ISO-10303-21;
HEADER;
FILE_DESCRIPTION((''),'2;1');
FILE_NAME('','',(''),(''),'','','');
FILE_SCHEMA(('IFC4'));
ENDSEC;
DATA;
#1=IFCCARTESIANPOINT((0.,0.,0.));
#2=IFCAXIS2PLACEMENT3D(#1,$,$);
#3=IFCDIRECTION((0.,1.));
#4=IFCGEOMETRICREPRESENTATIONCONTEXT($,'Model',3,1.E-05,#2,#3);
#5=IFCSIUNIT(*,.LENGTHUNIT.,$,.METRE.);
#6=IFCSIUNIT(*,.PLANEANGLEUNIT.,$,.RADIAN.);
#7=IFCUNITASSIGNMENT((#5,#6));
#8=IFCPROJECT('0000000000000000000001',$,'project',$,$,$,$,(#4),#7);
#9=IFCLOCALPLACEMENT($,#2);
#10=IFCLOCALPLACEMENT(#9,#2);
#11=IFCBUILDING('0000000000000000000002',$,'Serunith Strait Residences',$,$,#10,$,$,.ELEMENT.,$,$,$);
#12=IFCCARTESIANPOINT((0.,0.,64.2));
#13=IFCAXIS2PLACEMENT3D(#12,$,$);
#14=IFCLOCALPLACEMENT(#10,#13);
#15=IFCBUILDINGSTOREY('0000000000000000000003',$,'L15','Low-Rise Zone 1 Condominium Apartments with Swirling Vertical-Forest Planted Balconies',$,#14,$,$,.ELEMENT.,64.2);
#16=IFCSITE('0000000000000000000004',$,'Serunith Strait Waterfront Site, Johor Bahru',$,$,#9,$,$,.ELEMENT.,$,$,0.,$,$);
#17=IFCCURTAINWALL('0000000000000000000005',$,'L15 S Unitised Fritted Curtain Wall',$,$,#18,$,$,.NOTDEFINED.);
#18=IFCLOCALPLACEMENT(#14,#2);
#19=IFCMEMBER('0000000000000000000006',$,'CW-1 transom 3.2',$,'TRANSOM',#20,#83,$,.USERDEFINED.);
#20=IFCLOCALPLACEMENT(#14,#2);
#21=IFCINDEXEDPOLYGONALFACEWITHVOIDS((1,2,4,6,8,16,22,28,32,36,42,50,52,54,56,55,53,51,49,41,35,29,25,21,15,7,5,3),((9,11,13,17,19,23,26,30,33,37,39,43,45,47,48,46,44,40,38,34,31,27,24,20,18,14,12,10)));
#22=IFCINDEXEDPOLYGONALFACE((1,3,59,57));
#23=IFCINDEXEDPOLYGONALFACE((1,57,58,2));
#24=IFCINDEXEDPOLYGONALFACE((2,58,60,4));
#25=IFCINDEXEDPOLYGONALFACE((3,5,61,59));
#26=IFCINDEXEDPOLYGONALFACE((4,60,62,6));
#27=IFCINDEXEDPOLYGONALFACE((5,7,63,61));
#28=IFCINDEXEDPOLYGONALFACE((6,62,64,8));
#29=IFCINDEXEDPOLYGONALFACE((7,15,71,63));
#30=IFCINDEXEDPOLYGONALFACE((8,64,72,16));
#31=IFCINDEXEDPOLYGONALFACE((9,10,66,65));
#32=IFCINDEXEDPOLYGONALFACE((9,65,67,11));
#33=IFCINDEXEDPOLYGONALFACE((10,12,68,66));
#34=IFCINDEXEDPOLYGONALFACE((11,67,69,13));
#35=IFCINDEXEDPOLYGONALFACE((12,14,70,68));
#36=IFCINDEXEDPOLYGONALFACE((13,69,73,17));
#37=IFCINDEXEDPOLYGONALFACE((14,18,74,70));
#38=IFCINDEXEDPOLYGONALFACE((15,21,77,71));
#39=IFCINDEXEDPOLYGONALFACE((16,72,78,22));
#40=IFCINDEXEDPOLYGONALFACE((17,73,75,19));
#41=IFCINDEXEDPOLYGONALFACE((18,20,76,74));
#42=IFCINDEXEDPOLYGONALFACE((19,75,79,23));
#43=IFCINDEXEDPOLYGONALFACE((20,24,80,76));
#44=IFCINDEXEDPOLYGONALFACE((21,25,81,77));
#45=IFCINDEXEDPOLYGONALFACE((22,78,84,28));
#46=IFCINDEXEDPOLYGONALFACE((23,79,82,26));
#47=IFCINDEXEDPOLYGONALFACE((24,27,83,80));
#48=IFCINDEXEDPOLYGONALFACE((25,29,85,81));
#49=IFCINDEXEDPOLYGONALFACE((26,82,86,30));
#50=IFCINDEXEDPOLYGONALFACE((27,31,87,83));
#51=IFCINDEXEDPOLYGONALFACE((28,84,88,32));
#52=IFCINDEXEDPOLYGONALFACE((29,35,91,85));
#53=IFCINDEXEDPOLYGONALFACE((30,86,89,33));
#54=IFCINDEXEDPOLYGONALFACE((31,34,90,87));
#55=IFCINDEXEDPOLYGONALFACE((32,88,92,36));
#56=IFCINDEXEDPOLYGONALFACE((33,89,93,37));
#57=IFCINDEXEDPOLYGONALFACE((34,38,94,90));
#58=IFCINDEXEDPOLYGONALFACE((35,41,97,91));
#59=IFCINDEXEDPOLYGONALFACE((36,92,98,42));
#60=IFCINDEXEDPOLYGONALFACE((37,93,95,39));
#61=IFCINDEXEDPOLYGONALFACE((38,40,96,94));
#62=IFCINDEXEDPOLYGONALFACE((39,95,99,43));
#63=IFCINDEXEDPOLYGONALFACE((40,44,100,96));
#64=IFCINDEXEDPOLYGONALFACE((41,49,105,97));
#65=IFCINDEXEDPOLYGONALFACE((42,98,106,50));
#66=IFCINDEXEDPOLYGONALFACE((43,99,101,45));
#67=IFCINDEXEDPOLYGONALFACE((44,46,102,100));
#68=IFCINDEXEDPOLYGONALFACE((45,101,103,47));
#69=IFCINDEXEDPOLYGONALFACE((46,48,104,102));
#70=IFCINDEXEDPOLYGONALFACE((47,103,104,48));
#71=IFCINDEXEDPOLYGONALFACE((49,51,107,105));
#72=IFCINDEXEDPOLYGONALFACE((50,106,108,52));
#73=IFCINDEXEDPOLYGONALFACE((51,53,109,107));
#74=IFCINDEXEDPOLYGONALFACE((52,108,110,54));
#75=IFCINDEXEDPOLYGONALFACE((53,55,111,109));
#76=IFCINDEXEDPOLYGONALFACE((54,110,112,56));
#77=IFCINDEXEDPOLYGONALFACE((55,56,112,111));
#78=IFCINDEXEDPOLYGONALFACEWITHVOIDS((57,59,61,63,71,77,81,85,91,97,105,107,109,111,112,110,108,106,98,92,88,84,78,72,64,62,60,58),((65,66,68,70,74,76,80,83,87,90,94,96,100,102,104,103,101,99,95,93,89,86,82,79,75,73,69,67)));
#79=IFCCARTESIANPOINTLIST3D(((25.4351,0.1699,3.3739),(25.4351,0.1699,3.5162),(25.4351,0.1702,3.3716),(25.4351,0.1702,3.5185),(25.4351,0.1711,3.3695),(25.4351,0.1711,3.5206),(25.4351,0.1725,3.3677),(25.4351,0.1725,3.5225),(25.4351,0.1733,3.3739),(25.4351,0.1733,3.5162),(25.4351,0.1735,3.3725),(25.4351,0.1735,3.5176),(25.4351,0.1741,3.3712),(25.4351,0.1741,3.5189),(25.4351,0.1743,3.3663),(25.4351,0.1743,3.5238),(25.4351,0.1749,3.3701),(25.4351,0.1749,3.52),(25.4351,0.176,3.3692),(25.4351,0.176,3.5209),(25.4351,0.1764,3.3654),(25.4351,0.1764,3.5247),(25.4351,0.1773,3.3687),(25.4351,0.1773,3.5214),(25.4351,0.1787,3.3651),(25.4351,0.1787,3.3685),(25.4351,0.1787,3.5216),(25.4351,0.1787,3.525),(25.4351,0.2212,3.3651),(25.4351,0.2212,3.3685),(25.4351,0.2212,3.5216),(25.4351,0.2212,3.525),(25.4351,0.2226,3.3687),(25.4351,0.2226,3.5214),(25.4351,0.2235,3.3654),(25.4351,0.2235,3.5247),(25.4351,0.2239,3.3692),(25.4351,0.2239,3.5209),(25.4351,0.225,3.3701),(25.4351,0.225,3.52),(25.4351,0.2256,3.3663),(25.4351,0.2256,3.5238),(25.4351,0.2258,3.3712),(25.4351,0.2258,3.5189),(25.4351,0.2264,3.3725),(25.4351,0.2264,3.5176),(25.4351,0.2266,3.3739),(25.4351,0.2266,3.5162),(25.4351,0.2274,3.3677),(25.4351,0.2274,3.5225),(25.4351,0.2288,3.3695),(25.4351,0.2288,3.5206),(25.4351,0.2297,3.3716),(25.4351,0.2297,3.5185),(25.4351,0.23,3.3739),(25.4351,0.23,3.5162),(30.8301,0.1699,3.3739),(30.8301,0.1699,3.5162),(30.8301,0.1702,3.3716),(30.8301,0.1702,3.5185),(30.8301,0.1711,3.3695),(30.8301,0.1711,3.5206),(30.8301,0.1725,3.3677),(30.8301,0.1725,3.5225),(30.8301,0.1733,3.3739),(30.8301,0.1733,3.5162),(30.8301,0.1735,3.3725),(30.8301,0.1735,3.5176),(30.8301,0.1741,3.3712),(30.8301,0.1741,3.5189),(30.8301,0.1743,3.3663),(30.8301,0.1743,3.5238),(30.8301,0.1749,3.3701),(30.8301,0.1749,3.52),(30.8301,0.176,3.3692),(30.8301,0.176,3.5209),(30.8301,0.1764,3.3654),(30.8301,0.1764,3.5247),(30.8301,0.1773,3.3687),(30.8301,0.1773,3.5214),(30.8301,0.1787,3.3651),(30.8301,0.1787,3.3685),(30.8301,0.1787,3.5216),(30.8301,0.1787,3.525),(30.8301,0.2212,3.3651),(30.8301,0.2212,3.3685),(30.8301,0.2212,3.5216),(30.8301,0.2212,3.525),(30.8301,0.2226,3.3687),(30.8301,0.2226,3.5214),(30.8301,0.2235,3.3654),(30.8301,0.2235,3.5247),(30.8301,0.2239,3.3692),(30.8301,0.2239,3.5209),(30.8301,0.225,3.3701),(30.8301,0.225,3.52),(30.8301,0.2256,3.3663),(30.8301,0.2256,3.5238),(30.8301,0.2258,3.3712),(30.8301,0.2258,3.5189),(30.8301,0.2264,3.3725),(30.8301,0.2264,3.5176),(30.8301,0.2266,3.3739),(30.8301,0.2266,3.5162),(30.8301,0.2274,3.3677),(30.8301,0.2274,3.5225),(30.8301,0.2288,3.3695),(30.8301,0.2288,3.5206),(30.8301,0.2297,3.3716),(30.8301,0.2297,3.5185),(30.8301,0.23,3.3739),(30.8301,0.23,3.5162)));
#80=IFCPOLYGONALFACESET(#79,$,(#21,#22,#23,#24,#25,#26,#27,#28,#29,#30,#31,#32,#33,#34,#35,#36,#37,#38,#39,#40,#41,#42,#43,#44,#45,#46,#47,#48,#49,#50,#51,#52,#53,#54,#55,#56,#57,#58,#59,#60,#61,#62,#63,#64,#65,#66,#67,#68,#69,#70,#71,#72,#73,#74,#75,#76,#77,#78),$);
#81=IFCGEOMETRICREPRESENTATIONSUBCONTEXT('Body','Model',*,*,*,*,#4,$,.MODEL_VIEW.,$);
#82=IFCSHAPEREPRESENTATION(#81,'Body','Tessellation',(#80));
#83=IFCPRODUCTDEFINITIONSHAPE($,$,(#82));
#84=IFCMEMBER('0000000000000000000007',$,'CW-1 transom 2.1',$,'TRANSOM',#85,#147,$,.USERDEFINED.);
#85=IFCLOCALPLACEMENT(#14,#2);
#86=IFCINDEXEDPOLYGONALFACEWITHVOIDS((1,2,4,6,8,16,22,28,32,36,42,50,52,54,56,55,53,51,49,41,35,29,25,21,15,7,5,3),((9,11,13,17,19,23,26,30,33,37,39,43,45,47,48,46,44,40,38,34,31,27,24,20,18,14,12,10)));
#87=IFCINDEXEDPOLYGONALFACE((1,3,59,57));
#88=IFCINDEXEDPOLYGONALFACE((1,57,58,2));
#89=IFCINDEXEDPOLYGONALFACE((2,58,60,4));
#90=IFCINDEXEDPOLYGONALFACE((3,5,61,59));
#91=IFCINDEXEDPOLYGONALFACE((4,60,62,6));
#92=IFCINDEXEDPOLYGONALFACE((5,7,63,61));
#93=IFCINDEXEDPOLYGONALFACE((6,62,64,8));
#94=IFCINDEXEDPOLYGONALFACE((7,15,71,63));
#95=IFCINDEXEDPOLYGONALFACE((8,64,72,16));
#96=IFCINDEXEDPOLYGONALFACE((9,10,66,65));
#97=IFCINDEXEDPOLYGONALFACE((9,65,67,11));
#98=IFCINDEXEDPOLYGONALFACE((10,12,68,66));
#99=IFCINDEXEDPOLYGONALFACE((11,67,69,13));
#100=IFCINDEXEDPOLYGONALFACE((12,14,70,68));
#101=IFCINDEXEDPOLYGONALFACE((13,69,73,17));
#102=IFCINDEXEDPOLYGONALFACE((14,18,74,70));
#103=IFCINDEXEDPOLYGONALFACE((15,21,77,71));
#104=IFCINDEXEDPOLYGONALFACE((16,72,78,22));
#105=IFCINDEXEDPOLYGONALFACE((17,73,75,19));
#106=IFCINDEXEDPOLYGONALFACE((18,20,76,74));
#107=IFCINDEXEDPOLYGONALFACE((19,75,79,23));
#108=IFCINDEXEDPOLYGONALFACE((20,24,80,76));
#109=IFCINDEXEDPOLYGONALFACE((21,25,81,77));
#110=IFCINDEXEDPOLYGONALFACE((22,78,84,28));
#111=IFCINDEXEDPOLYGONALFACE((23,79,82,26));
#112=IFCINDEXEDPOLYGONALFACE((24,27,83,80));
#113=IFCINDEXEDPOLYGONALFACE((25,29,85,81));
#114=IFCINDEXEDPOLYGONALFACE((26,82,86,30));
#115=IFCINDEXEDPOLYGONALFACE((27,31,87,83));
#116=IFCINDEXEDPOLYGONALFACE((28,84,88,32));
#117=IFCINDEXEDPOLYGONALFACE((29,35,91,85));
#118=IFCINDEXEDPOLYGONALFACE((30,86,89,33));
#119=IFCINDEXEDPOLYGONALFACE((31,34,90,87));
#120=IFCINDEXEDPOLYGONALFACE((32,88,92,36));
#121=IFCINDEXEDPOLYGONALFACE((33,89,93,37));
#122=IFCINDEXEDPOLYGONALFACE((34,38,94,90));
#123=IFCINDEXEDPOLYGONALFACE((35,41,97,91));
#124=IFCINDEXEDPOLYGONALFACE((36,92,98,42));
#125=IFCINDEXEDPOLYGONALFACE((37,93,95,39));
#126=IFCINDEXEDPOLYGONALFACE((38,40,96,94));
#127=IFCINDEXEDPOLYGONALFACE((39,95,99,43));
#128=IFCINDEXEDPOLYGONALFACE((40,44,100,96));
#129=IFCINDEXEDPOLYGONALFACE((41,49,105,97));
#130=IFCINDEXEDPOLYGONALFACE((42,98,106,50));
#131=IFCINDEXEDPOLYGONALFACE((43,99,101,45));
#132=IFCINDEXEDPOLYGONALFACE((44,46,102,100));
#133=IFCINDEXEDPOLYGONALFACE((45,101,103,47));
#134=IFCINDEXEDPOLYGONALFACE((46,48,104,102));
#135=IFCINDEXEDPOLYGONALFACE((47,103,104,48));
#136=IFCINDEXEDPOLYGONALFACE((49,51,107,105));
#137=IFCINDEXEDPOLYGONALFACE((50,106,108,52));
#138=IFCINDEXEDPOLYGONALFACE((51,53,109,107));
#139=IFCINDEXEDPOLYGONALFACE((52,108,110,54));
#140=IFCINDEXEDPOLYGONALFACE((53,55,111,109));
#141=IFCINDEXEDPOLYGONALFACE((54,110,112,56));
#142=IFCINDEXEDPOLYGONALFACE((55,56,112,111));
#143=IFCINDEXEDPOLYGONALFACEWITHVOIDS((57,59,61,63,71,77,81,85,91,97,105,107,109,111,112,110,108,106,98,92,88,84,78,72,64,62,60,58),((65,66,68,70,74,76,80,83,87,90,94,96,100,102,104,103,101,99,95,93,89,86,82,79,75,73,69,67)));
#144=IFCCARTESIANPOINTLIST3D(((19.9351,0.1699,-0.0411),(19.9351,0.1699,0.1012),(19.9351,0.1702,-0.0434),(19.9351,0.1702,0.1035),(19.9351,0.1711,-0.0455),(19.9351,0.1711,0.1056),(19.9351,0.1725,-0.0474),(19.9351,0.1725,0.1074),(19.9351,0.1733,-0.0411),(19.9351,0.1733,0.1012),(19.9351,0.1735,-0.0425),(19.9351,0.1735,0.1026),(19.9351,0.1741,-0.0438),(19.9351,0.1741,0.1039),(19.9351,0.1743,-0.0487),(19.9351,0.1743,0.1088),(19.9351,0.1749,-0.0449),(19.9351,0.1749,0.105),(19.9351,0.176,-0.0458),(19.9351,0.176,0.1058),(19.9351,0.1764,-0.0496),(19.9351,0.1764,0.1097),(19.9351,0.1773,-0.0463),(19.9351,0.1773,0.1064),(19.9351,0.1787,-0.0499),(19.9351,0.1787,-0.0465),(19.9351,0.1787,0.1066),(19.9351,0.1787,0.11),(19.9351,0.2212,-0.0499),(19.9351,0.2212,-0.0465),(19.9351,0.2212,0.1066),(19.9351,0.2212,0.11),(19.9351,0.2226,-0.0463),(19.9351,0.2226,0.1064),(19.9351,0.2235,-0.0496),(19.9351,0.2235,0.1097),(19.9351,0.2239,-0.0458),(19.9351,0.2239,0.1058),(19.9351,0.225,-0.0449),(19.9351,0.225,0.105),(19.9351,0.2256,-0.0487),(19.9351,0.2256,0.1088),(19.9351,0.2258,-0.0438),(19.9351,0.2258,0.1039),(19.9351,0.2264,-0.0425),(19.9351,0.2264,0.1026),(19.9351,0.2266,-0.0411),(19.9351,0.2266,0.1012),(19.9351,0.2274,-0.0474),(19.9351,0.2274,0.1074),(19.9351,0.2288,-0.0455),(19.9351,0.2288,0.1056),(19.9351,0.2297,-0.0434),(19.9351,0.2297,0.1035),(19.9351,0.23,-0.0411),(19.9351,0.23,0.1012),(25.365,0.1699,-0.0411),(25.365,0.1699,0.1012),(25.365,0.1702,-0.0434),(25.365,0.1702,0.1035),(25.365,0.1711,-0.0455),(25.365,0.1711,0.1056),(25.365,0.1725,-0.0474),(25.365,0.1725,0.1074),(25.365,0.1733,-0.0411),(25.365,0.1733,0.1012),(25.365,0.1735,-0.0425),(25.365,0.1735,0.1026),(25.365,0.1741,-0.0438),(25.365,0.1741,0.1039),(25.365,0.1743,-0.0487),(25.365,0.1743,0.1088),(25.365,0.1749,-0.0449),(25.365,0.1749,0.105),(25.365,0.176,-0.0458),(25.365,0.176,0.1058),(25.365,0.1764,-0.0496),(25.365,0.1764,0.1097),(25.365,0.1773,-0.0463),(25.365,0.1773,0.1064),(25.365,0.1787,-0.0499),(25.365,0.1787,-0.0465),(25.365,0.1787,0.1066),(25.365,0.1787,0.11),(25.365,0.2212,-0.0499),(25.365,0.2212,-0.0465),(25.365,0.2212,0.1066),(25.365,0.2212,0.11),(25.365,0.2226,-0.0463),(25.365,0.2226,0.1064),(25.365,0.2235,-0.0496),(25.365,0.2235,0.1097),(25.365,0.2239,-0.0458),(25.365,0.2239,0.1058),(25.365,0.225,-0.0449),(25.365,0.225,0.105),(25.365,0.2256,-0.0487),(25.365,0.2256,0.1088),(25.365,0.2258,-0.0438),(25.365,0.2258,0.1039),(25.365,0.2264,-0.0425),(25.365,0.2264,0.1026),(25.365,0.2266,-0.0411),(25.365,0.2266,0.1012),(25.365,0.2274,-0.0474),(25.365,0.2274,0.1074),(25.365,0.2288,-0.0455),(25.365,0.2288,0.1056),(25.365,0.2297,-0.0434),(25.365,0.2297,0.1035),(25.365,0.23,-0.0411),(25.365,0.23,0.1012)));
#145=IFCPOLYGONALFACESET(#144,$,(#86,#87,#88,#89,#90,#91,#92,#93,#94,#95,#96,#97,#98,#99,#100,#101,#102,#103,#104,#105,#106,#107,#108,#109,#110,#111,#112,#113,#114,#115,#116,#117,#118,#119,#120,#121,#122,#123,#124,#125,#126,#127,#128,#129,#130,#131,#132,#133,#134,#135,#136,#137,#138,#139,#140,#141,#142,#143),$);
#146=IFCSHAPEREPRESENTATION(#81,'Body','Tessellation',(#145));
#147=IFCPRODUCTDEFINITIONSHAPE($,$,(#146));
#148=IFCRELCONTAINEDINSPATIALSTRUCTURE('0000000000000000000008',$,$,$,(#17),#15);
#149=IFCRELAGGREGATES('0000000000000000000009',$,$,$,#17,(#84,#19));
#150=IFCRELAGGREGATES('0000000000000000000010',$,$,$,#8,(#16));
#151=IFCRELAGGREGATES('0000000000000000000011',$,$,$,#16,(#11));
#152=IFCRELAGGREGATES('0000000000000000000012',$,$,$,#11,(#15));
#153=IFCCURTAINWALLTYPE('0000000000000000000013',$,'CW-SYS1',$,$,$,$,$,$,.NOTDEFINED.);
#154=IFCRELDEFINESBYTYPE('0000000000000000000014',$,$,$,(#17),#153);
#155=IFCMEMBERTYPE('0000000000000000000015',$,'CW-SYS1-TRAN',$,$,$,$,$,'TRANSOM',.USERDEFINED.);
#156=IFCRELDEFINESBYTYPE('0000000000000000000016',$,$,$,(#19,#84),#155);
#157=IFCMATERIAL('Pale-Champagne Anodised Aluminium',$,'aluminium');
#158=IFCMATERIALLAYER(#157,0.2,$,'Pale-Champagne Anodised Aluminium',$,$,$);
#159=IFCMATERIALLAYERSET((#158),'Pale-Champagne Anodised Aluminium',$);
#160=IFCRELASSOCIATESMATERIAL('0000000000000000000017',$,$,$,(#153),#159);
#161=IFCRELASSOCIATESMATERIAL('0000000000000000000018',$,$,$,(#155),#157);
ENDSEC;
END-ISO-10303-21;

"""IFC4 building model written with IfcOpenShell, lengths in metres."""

from ifc_helpers import new_model, si_unit, direction, frame, origin, origin_2d, place, context, subcontext, project, spatial, hollow_rectangle, extrude, source, transform, mapped, material, layer, layer_set, material_profile, profile_set, type_object, element, aggregate, save


model = new_model("IFC4")

# Units and contexts
model_context = context("Model", 3, precision=1e-05, world=origin(), true_north=direction((0.0, 1.0)))
body_context = subcontext(model_context, "Body", "Model", "MODEL_VIEW")
ifc_project = project(units=[si_unit("LENGTHUNIT", "METRE"), si_unit("PLANEANGLEUNIT", "RADIAN")], contexts=[model_context])

# Site, building, storey
site_placement = place(None, origin())
site = spatial("IfcSite", under=ifc_project, at=site_placement, Name="Serunith Strait Waterfront Site, Johor Bahru", CompositionType="ELEMENT", RefElevation=0.0)
building_placement = place(site_placement, origin())
building = spatial("IfcBuilding", under=site, at=building_placement, Name="Serunith Strait Residences", CompositionType="ELEMENT")
storey_placement = place(building_placement, frame((0.0, 0.0, 64.2)))
storey = spatial("IfcBuildingStorey", under=building, at=storey_placement, Name="L15", Description="Low-Rise Zone 1 Condominium Apartments with Swirling Vertical-Forest Planted Balconies", CompositionType="ELEMENT", Elevation=64.2)

# Curtain wall, members
ifc_material_1 = material(Name="Pale-Champagne Anodised Aluminium", Category="aluminium")
ifc_layer_1 = layer(ifc_material_1, 0.2, Name="Pale-Champagne Anodised Aluminium")
ifc_layer_set_1 = layer_set([ifc_layer_1], Name="Pale-Champagne Anodised Aluminium")
curtain_wall_type = type_object("IfcCurtainWallType", Name="CW-SYS1", PredefinedType="NOTDEFINED", material=ifc_layer_set_1)
curtain_wall_placement = place(storey_placement, origin())
curtain_wall = element("IfcCurtainWall", 1, at=curtain_wall_placement, inside=storey, type_object=curtain_wall_type, Name="L15 S Unitised Fritted Curtain Wall", PredefinedType="NOTDEFINED")
ifc_material_profile_1 = material_profile(ifc_material_1, hollow_rectangle(XDim=0.0601, YDim=0.1599, WallThickness=0.0034, InnerFilletRadius=0.0054, OuterFilletRadius=0.0088, at=origin_2d()), Name="ALU 160x60x3.5")
ifc_profile_set_1 = profile_set([ifc_material_profile_1], Name="Pale-Champagne Anodised Aluminium")
member_type_1 = type_object("IfcMemberType", Name="CW-SYS1-TRAN", ElementType="TRANSOM", PredefinedType="USERDEFINED", material=ifc_profile_set_1)
shared_shape_1 = source(origin(), body_context, "Body", "SweptSolid", [
    extrude(hollow_rectangle(XDim=0.0601, YDim=0.1599, WallThickness=0.0034, InnerFilletRadius=0.0054, OuterFilletRadius=0.0088, at=origin_2d()), origin(), (0.0, 0.0, 1.0), 5.395),
])
member_1_placement = place(storey_placement, frame((25.4351, 0.2, 3.4451), z_axis=(1.0, 0.0, 0.0), x_axis=(0.0, 1.0, 0.0)))
member_1 = element("IfcMember", 2, at=member_1_placement, type_object=member_type_1, Name="CW-1 transom 3.2", ObjectType="TRANSOM", PredefinedType="USERDEFINED", context=body_context, shape_type="MappedRepresentation", body=[
    mapped(shared_shape_1, transform((0.0, 0.0, 0.0), scale=1.0)),
])
shared_shape_2 = source(origin(), body_context, "Body", "SweptSolid", [
    extrude(hollow_rectangle(XDim=0.0601, YDim=0.1599, WallThickness=0.0034, InnerFilletRadius=0.0054, OuterFilletRadius=0.0088, at=origin_2d()), origin(), (0.0, 0.0, 1.0), 5.4299),
])
member_2_placement = place(storey_placement, frame((19.9351, 0.2, 0.03), z_axis=(1.0, 0.0, 0.0), x_axis=(0.0, 1.0, 0.0)))
member_2 = element("IfcMember", 3, at=member_2_placement, type_object=member_type_1, Name="CW-1 transom 2.1", ObjectType="TRANSOM", PredefinedType="USERDEFINED", context=body_context, shape_type="MappedRepresentation", body=[
    mapped(shared_shape_2, transform((0.0, 0.0, 0.0), scale=1.0)),
])
aggregate(curtain_wall, [member_2, member_1])

save(model, "model.ifc")
